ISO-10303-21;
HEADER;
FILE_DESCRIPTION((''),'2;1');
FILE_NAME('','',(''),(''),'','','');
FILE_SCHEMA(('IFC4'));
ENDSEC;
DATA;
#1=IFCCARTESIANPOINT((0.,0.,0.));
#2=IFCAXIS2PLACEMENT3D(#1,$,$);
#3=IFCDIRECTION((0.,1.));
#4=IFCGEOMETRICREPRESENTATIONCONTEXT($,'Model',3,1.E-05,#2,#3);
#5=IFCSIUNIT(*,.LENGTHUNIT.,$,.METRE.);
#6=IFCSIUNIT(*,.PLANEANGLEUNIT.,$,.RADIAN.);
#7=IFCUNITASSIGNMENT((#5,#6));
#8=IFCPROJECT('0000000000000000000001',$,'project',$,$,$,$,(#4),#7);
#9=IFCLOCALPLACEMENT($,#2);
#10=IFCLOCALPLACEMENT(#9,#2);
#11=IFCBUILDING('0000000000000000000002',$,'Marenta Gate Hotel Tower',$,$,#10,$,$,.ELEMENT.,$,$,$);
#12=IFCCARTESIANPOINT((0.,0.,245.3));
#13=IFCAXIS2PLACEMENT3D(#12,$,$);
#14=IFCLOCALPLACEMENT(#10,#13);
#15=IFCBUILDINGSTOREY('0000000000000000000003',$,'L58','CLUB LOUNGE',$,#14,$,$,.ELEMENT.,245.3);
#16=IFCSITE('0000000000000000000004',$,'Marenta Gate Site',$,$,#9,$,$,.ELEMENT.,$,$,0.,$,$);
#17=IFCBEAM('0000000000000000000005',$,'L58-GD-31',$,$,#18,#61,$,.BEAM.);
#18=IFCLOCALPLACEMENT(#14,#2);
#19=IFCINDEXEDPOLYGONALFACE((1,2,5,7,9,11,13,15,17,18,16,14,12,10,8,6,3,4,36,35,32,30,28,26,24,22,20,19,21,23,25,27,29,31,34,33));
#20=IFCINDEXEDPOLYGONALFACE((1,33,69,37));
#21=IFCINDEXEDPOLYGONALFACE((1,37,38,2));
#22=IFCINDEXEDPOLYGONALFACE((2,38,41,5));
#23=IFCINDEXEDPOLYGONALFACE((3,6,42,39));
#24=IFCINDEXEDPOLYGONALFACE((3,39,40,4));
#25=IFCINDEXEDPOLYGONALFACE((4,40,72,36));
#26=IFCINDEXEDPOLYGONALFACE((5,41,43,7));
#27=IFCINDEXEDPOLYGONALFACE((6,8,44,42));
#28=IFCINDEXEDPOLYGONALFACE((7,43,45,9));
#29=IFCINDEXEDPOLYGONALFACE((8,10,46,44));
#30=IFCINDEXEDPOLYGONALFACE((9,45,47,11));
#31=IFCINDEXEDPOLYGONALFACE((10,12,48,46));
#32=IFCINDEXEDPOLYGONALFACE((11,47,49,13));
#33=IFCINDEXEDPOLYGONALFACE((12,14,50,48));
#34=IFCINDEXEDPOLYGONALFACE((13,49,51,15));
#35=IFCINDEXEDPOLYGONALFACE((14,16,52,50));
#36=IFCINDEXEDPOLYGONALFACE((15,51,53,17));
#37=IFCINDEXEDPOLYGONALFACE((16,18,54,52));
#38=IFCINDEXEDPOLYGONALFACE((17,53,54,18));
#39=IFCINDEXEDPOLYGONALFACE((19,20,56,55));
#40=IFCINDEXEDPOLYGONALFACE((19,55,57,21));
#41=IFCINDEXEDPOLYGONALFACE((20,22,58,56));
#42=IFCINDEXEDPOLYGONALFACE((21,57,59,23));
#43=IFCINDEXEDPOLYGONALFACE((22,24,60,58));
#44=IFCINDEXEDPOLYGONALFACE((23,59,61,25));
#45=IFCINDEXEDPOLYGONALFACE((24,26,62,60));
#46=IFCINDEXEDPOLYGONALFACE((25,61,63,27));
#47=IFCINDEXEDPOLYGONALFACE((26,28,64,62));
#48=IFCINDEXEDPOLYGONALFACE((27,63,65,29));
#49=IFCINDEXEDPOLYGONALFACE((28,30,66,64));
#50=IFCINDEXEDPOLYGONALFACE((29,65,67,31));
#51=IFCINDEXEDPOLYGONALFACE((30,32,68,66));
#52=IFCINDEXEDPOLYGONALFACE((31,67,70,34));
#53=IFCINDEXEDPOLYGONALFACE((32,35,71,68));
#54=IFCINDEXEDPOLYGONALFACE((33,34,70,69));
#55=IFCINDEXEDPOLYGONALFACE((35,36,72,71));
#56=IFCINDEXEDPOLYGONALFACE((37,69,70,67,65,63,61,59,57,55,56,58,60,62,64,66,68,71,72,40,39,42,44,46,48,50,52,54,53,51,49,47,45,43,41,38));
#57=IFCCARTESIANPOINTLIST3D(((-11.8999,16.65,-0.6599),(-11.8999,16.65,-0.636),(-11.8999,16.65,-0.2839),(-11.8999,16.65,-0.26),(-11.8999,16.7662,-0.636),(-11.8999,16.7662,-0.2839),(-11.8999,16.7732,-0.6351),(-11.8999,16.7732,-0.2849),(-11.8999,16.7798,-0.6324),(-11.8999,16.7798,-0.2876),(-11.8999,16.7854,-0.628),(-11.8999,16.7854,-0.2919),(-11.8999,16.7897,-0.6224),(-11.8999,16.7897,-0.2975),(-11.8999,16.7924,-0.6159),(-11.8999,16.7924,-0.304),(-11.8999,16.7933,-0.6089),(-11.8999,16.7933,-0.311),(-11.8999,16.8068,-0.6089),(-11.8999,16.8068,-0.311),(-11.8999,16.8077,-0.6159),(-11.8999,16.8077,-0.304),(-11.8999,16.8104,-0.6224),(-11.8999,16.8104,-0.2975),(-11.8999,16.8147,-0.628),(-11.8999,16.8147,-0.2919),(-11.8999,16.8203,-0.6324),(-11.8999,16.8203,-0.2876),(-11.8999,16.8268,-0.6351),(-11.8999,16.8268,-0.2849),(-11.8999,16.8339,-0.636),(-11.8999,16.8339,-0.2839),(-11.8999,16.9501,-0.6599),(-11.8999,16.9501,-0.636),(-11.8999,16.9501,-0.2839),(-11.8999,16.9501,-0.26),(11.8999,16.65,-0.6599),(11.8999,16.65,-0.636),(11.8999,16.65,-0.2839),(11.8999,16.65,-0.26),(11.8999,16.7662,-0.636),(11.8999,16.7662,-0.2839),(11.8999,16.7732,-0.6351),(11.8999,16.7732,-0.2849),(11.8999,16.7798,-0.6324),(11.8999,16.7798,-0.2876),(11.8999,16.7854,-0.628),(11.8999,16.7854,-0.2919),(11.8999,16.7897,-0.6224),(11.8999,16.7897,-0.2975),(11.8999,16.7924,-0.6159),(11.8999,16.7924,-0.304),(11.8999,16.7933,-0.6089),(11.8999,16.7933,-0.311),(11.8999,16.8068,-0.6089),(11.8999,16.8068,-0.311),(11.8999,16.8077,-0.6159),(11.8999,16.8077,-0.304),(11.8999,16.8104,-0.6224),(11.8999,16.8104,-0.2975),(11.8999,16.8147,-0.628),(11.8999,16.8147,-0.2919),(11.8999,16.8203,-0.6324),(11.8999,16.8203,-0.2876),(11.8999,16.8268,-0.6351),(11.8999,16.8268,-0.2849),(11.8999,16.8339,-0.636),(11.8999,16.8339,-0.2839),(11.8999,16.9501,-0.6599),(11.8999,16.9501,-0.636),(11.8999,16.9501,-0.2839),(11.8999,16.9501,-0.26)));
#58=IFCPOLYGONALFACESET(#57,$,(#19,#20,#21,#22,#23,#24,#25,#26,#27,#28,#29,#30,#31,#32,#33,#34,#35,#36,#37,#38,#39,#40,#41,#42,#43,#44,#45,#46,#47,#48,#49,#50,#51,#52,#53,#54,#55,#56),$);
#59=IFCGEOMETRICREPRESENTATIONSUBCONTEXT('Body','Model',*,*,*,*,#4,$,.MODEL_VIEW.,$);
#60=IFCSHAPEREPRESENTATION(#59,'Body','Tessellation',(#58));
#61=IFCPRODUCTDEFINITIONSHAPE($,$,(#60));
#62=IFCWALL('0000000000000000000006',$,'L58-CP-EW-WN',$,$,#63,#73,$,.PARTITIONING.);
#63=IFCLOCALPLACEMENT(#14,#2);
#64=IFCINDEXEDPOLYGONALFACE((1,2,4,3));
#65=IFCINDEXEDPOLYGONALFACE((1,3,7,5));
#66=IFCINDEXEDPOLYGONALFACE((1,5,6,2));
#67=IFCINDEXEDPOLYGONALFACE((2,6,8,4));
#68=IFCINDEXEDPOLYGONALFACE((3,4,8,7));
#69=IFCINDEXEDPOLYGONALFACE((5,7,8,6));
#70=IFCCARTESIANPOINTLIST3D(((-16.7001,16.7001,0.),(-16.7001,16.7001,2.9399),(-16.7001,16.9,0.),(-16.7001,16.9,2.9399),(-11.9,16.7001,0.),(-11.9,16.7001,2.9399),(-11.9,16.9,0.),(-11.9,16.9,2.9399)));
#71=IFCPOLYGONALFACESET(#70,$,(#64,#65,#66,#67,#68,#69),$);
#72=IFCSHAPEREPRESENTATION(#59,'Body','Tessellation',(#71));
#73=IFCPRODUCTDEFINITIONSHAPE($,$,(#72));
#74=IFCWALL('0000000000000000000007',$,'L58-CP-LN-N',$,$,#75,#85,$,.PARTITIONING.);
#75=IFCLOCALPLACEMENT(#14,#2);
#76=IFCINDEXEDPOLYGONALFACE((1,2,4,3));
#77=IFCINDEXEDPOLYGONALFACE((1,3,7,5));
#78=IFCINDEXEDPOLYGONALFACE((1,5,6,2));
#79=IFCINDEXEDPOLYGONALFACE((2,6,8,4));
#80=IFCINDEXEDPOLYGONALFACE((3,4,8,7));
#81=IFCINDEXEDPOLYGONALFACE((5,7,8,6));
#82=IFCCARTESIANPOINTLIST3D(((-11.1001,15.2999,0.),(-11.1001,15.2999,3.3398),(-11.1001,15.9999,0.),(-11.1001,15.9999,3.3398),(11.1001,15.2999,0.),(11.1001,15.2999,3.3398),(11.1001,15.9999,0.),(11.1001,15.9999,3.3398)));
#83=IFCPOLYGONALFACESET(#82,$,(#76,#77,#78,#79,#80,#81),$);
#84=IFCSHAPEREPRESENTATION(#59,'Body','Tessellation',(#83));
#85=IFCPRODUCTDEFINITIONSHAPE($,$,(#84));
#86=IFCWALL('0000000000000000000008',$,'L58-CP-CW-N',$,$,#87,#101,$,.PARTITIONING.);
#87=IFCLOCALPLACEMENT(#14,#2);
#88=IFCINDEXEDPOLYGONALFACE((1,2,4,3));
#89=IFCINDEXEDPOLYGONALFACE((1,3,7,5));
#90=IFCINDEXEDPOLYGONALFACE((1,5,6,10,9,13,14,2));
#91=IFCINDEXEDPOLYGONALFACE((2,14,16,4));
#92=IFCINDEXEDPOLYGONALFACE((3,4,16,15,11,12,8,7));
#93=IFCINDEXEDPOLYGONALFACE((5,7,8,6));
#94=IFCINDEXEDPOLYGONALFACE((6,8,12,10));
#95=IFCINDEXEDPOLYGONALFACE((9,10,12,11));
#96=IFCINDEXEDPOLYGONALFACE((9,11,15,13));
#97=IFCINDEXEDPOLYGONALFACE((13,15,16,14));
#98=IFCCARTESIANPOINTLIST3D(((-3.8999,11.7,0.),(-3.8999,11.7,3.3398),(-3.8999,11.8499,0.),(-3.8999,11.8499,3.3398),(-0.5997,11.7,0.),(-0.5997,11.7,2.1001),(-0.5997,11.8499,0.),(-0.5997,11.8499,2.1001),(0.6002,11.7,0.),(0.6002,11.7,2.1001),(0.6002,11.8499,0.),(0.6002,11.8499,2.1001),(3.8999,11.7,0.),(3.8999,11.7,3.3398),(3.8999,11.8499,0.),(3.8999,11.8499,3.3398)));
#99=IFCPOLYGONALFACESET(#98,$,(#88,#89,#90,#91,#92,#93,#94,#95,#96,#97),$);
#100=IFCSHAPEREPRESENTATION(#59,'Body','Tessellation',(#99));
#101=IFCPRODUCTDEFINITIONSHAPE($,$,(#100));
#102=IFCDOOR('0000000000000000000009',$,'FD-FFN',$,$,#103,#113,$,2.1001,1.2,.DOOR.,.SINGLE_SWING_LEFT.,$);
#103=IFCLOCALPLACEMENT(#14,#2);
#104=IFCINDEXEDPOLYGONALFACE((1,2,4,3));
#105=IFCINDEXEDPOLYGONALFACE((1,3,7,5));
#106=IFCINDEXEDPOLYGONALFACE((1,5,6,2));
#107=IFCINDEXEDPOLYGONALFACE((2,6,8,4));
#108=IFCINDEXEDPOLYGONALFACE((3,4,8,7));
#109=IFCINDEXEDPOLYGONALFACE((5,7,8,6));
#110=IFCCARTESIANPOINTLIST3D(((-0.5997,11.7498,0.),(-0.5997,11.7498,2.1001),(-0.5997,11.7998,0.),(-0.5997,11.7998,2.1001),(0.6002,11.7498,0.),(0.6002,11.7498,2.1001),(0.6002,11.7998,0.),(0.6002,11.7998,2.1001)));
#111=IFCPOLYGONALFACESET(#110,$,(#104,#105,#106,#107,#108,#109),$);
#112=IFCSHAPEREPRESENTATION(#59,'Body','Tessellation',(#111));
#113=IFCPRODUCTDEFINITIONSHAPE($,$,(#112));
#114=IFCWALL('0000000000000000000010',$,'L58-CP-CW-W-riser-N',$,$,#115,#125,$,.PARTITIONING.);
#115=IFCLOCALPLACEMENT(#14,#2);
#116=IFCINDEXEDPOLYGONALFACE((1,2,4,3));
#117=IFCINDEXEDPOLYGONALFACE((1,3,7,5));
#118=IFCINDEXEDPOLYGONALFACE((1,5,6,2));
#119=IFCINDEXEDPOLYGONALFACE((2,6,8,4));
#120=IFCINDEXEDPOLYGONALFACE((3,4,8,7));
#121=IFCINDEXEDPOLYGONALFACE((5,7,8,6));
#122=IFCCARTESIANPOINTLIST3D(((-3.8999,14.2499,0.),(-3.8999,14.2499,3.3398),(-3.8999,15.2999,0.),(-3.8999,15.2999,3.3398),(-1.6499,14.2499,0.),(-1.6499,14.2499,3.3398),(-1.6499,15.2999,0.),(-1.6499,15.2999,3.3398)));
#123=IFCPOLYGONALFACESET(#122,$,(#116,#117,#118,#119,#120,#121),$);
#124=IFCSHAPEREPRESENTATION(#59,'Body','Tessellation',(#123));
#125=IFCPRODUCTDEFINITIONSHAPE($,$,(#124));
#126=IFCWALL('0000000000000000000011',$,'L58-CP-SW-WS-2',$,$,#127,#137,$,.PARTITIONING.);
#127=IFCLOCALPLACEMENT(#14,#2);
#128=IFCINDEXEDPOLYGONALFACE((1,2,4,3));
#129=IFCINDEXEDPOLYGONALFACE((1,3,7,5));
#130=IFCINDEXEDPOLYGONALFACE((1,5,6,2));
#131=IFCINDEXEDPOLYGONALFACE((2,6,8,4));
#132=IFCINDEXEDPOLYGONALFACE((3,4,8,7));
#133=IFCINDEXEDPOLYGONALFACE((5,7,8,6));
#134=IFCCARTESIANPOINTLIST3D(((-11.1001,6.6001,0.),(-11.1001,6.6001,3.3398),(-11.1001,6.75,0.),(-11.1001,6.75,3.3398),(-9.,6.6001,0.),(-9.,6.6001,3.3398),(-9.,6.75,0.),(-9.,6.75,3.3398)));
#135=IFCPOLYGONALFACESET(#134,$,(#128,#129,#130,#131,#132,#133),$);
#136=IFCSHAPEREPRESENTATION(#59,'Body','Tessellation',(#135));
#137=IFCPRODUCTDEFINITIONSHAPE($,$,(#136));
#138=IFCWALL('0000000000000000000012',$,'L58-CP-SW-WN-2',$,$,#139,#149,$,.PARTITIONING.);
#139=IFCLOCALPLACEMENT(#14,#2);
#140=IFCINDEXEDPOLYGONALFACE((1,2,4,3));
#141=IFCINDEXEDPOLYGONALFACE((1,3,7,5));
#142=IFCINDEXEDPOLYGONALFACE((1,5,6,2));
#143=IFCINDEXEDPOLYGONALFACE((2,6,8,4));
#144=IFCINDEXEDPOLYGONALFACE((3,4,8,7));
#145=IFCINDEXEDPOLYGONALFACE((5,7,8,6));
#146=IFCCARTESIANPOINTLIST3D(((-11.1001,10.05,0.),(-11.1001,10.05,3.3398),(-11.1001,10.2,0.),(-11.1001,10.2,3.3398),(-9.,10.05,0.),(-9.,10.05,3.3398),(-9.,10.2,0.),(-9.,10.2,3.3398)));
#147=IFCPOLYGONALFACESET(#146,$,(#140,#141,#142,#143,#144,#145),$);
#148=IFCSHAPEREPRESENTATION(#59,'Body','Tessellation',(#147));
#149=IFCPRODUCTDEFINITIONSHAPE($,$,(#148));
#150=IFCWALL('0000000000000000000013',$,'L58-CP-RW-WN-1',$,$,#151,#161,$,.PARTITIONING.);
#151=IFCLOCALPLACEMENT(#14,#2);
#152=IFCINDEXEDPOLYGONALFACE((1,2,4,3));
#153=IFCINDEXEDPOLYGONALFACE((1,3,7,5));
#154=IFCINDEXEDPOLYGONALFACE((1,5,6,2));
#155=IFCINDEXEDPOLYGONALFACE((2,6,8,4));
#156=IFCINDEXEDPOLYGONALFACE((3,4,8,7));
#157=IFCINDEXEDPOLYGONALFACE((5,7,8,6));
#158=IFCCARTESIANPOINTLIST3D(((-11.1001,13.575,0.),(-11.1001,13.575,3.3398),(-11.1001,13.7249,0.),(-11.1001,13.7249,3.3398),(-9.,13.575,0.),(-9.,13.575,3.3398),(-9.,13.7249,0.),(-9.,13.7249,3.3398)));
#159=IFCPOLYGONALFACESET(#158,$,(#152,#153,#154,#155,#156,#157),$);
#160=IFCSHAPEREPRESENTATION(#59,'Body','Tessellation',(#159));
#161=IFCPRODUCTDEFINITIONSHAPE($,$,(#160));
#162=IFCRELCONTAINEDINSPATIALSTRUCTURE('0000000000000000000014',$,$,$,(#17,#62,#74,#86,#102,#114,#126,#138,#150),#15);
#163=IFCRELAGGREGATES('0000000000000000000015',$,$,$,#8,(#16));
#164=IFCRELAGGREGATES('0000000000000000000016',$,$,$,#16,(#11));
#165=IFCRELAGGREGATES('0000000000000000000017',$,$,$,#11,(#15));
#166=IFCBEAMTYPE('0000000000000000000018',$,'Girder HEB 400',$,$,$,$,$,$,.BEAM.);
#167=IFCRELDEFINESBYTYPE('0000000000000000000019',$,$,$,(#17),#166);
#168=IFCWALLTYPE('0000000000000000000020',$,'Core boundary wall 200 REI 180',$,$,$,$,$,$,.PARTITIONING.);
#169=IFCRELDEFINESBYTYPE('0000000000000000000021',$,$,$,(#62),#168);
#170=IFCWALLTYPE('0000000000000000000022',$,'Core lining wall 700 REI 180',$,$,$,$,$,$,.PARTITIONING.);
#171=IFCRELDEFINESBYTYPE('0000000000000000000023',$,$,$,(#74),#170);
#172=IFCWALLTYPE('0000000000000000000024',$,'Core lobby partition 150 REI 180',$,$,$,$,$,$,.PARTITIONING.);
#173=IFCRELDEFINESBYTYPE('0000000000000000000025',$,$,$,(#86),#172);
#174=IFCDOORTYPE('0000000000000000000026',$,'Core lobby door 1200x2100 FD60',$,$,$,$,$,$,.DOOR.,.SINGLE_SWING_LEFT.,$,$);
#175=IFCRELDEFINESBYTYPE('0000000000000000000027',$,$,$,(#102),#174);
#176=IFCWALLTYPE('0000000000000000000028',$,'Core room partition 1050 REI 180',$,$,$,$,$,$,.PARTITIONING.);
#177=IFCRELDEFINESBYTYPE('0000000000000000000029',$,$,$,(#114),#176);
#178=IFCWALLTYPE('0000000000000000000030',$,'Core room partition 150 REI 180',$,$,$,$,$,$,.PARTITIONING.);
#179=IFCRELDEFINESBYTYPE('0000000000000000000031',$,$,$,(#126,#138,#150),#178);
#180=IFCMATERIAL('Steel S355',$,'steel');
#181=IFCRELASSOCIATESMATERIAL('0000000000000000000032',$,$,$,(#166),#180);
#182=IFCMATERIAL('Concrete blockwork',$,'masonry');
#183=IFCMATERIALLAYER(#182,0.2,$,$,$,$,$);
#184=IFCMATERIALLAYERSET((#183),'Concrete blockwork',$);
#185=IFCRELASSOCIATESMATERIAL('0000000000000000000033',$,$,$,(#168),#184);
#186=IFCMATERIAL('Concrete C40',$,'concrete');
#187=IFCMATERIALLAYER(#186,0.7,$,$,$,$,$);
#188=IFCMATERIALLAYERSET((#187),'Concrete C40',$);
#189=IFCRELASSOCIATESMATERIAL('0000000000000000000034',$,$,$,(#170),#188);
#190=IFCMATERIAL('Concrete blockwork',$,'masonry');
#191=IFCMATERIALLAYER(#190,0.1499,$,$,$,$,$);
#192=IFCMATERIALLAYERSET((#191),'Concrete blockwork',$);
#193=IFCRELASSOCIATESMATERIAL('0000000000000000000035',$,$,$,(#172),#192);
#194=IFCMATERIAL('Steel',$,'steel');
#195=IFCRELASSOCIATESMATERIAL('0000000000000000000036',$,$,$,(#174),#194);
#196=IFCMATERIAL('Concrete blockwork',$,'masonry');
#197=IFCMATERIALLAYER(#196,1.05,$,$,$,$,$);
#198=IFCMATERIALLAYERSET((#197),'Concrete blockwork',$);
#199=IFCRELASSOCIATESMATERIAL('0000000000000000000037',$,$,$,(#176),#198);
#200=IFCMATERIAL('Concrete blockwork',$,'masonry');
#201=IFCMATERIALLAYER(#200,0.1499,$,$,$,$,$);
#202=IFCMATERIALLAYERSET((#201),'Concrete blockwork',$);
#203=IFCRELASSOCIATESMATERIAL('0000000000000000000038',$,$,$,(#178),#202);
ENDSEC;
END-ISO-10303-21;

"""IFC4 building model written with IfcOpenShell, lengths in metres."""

from ifc_helpers import new_model, si_unit, direction, frame, frame_2d, origin, origin_2d, place, context, subcontext, project, spatial, rectangle, i_section, extrude, material, layer, layer_set, material_profile, profile_set, type_object, element, fill, save


model = new_model("IFC4")

# Units and contexts
model_context = context("Model", 3, precision=1e-05, world=origin(), true_north=direction((0.0, 1.0)))
body_context = subcontext(model_context, "Body", "Model", "MODEL_VIEW")
ifc_project = project(units=[si_unit("LENGTHUNIT", "METRE"), si_unit("PLANEANGLEUNIT", "RADIAN")], contexts=[model_context])

# Site, building, storey
site_placement = place(None, origin())
site = spatial("IfcSite", under=ifc_project, at=site_placement, Name="Marenta Gate Site", CompositionType="ELEMENT", RefElevation=0.0)
building_placement = place(site_placement, origin())
building = spatial("IfcBuilding", under=site, at=building_placement, Name="Marenta Gate Hotel Tower", CompositionType="ELEMENT")
storey_placement = place(building_placement, frame((0.0, 0.0, 245.3)))
storey = spatial("IfcBuildingStorey", under=building, at=storey_placement, Name="L58", Description="CLUB LOUNGE", CompositionType="ELEMENT", Elevation=245.3)

# Beam
ifc_material_1 = material(Name="Steel S355", Category="steel")
ifc_material_profile_1 = material_profile(ifc_material_1, i_section(OverallWidth=0.3, OverallDepth=0.3999, WebThickness=0.0134, FlangeThickness=0.0239, FilletRadius=0.0271, at=origin_2d()), Name="HEB 400")
ifc_profile_set_1 = profile_set([ifc_material_profile_1], Name="Steel S355")
beam_type_1 = type_object("IfcBeamType", Name="Girder HEB 400", PredefinedType="BEAM", material=ifc_profile_set_1)
beam_placement = place(storey_placement, frame((-11.8999, 16.8, -0.46), z_axis=(1.0, 0.0, 0.0), x_axis=(0.0, 1.0, 0.0)))
element("IfcBeam", 1, at=beam_placement, inside=storey, type_object=beam_type_1, Name="L58-GD-31", PredefinedType="BEAM", context=body_context, shape_type="SweptSolid", body=[
    extrude(i_section(OverallWidth=0.3, OverallDepth=0.3999, WebThickness=0.0134, FlangeThickness=0.0239, FilletRadius=0.0271, at=origin_2d()), origin(), (0.0, 0.0, 1.0), 23.7998),
])

# Walls
ifc_material_2 = material(Name="Concrete blockwork", Category="masonry")
ifc_layer_1 = layer(ifc_material_2, 0.2)
ifc_layer_set_1 = layer_set([ifc_layer_1], Name="Concrete blockwork")
wall_type_1 = type_object("IfcWallType", Name="Core boundary wall 200 REI 180", PredefinedType="PARTITIONING", material=ifc_layer_set_1)
wall_1_placement = place(storey_placement, frame((-16.7, 16.8, 0.0), z_axis=(0.0, 0.0, 1.0), x_axis=(1.0, 0.0, 0.0)))
element("IfcWall", 2, at=wall_1_placement, inside=storey, type_object=wall_type_1, Name="L58-CP-EW-WN", PredefinedType="PARTITIONING", context=body_context, shape_type="SweptSolid", body=[
    extrude(rectangle(XDim=4.8, YDim=0.2, at=frame_2d((2.3999, 0.0))), origin(), (0.0, 0.0, 1.0), 2.9399),
])
ifc_material_3 = material(Name="Concrete C40", Category="concrete")
ifc_layer_2 = layer(ifc_material_3, 0.7)
ifc_layer_set_2 = layer_set([ifc_layer_2], Name="Concrete C40")
wall_type_2 = type_object("IfcWallType", Name="Core lining wall 700 REI 180", PredefinedType="PARTITIONING", material=ifc_layer_set_2)
wall_2_placement = place(storey_placement, frame((-11.1001, 15.6499, 0.0), z_axis=(0.0, 0.0, 1.0), x_axis=(1.0, 0.0, 0.0)))
element("IfcWall", 3, at=wall_2_placement, inside=storey, type_object=wall_type_2, Name="L58-CP-LN-N", PredefinedType="PARTITIONING", context=body_context, shape_type="SweptSolid", body=[
    extrude(rectangle(XDim=22.2002, YDim=0.7, at=frame_2d((11.1001, 0.0))), origin(), (0.0, 0.0, 1.0), 3.3398),
])

# Wall, opening, door
ifc_material_4 = material(Name="Concrete blockwork", Category="masonry")
ifc_layer_3 = layer(ifc_material_4, 0.1499)
ifc_layer_set_3 = layer_set([ifc_layer_3], Name="Concrete blockwork")
wall_type_3 = type_object("IfcWallType", Name="Core lobby partition 150 REI 180", PredefinedType="PARTITIONING", material=ifc_layer_set_3)
wall_3_placement = place(storey_placement, frame((-3.8999, 11.7749, 0.0), z_axis=(0.0, 0.0, 1.0), x_axis=(1.0, 0.0, 0.0)))
wall_3 = element("IfcWall", 4, at=wall_3_placement, inside=storey, type_object=wall_type_3, Name="L58-CP-CW-N", PredefinedType="PARTITIONING", context=body_context, shape_type="SweptSolid", body=[
    extrude(rectangle(XDim=7.7998, YDim=0.1499, at=frame_2d((3.8999, 0.0))), origin(), (0.0, 0.0, 1.0), 3.3398),
])
opening_1_placement = place(wall_3_placement, frame((3.3, 0.0, 0.0)))
opening_1 = element("IfcOpeningElement", 5, at=opening_1_placement, cuts=wall_3, PredefinedType="OPENING", context=body_context, shape_type="SweptSolid", body=[
    extrude(rectangle(XDim=1.2, YDim=2.1001, at=frame_2d((0.6001, 1.05))), frame((0.0, 0.075, 0.0), z_axis=(0.0, -1.0, 0.0), x_axis=(1.0, 0.0, 0.0)), (0.0, 0.0, 1.0), 0.1499),
])
ifc_material_5 = material(Name="Steel", Category="steel")
door_type_1 = type_object("IfcDoorType", Name="Core lobby door 1200x2100 FD60", OperationType="SINGLE_SWING_LEFT", PredefinedType="DOOR", material=ifc_material_5)
door_1_placement = place(opening_1_placement, origin())
door_1 = element("IfcDoor", 6, at=door_1_placement, inside=storey, type_object=door_type_1, Name="FD-FFN", OperationType="SINGLE_SWING_LEFT", OverallHeight=2.1001, OverallWidth=1.2, PredefinedType="DOOR", context=body_context, shape_type="SweptSolid", body=[
    extrude(rectangle(XDim=1.2, YDim=2.1001, at=frame_2d((0.6001, 1.05))), frame((0.0, 0.0249, 0.0), z_axis=(0.0, -1.0, 0.0), x_axis=(1.0, 0.0, 0.0)), (0.0, 0.0, 1.0), 0.05),
])
fill(opening_1, door_1)

# Walls
ifc_material_6 = material(Name="Concrete blockwork", Category="masonry")
ifc_layer_4 = layer(ifc_material_6, 1.05)
ifc_layer_set_4 = layer_set([ifc_layer_4], Name="Concrete blockwork")
wall_type_4 = type_object("IfcWallType", Name="Core room partition 1050 REI 180", PredefinedType="PARTITIONING", material=ifc_layer_set_4)
wall_4_placement = place(storey_placement, frame((-3.8999, 14.7749, 0.0), z_axis=(0.0, 0.0, 1.0), x_axis=(1.0, 0.0, 0.0)))
element("IfcWall", 7, at=wall_4_placement, inside=storey, type_object=wall_type_4, Name="L58-CP-CW-W-riser-N", PredefinedType="PARTITIONING", context=body_context, shape_type="SweptSolid", body=[
    extrude(rectangle(XDim=2.25, YDim=1.05, at=frame_2d((1.125, 0.0))), origin(), (0.0, 0.0, 1.0), 3.3398),
])
ifc_material_7 = material(Name="Concrete blockwork", Category="masonry")
ifc_layer_5 = layer(ifc_material_7, 0.1499)
ifc_layer_set_5 = layer_set([ifc_layer_5], Name="Concrete blockwork")
wall_type_5 = type_object("IfcWallType", Name="Core room partition 150 REI 180", PredefinedType="PARTITIONING", material=ifc_layer_set_5)
for number, where, z_axis, x_axis, name in (
    (8, (-11.1001, 6.675, 0.0), (0.0, 0.0, 1.0), (1.0, 0.0, 0.0), "L58-CP-SW-WS-2"),
    (9, (-11.1001, 10.125, 0.0), (0.0, 0.0, 1.0), (1.0, 0.0, 0.0), "L58-CP-SW-WN-2"),
    (10, (-11.1001, 13.6499, 0.0), (0.0, 0.0, 1.0), (1.0, 0.0, 0.0), "L58-CP-RW-WN-1"),
):
    element("IfcWall", number, at=place(storey_placement, frame(where, z_axis=z_axis, x_axis=x_axis)), inside=storey, type_object=wall_type_5, Name=name, PredefinedType="PARTITIONING", context=body_context, shape_type="SweptSolid", body=[
        extrude(rectangle(XDim=2.1001, YDim=0.1499, at=frame_2d((1.05, 0.0))), origin(), (0.0, 0.0, 1.0), 3.3398),
    ])

save(model, "model.ifc")
